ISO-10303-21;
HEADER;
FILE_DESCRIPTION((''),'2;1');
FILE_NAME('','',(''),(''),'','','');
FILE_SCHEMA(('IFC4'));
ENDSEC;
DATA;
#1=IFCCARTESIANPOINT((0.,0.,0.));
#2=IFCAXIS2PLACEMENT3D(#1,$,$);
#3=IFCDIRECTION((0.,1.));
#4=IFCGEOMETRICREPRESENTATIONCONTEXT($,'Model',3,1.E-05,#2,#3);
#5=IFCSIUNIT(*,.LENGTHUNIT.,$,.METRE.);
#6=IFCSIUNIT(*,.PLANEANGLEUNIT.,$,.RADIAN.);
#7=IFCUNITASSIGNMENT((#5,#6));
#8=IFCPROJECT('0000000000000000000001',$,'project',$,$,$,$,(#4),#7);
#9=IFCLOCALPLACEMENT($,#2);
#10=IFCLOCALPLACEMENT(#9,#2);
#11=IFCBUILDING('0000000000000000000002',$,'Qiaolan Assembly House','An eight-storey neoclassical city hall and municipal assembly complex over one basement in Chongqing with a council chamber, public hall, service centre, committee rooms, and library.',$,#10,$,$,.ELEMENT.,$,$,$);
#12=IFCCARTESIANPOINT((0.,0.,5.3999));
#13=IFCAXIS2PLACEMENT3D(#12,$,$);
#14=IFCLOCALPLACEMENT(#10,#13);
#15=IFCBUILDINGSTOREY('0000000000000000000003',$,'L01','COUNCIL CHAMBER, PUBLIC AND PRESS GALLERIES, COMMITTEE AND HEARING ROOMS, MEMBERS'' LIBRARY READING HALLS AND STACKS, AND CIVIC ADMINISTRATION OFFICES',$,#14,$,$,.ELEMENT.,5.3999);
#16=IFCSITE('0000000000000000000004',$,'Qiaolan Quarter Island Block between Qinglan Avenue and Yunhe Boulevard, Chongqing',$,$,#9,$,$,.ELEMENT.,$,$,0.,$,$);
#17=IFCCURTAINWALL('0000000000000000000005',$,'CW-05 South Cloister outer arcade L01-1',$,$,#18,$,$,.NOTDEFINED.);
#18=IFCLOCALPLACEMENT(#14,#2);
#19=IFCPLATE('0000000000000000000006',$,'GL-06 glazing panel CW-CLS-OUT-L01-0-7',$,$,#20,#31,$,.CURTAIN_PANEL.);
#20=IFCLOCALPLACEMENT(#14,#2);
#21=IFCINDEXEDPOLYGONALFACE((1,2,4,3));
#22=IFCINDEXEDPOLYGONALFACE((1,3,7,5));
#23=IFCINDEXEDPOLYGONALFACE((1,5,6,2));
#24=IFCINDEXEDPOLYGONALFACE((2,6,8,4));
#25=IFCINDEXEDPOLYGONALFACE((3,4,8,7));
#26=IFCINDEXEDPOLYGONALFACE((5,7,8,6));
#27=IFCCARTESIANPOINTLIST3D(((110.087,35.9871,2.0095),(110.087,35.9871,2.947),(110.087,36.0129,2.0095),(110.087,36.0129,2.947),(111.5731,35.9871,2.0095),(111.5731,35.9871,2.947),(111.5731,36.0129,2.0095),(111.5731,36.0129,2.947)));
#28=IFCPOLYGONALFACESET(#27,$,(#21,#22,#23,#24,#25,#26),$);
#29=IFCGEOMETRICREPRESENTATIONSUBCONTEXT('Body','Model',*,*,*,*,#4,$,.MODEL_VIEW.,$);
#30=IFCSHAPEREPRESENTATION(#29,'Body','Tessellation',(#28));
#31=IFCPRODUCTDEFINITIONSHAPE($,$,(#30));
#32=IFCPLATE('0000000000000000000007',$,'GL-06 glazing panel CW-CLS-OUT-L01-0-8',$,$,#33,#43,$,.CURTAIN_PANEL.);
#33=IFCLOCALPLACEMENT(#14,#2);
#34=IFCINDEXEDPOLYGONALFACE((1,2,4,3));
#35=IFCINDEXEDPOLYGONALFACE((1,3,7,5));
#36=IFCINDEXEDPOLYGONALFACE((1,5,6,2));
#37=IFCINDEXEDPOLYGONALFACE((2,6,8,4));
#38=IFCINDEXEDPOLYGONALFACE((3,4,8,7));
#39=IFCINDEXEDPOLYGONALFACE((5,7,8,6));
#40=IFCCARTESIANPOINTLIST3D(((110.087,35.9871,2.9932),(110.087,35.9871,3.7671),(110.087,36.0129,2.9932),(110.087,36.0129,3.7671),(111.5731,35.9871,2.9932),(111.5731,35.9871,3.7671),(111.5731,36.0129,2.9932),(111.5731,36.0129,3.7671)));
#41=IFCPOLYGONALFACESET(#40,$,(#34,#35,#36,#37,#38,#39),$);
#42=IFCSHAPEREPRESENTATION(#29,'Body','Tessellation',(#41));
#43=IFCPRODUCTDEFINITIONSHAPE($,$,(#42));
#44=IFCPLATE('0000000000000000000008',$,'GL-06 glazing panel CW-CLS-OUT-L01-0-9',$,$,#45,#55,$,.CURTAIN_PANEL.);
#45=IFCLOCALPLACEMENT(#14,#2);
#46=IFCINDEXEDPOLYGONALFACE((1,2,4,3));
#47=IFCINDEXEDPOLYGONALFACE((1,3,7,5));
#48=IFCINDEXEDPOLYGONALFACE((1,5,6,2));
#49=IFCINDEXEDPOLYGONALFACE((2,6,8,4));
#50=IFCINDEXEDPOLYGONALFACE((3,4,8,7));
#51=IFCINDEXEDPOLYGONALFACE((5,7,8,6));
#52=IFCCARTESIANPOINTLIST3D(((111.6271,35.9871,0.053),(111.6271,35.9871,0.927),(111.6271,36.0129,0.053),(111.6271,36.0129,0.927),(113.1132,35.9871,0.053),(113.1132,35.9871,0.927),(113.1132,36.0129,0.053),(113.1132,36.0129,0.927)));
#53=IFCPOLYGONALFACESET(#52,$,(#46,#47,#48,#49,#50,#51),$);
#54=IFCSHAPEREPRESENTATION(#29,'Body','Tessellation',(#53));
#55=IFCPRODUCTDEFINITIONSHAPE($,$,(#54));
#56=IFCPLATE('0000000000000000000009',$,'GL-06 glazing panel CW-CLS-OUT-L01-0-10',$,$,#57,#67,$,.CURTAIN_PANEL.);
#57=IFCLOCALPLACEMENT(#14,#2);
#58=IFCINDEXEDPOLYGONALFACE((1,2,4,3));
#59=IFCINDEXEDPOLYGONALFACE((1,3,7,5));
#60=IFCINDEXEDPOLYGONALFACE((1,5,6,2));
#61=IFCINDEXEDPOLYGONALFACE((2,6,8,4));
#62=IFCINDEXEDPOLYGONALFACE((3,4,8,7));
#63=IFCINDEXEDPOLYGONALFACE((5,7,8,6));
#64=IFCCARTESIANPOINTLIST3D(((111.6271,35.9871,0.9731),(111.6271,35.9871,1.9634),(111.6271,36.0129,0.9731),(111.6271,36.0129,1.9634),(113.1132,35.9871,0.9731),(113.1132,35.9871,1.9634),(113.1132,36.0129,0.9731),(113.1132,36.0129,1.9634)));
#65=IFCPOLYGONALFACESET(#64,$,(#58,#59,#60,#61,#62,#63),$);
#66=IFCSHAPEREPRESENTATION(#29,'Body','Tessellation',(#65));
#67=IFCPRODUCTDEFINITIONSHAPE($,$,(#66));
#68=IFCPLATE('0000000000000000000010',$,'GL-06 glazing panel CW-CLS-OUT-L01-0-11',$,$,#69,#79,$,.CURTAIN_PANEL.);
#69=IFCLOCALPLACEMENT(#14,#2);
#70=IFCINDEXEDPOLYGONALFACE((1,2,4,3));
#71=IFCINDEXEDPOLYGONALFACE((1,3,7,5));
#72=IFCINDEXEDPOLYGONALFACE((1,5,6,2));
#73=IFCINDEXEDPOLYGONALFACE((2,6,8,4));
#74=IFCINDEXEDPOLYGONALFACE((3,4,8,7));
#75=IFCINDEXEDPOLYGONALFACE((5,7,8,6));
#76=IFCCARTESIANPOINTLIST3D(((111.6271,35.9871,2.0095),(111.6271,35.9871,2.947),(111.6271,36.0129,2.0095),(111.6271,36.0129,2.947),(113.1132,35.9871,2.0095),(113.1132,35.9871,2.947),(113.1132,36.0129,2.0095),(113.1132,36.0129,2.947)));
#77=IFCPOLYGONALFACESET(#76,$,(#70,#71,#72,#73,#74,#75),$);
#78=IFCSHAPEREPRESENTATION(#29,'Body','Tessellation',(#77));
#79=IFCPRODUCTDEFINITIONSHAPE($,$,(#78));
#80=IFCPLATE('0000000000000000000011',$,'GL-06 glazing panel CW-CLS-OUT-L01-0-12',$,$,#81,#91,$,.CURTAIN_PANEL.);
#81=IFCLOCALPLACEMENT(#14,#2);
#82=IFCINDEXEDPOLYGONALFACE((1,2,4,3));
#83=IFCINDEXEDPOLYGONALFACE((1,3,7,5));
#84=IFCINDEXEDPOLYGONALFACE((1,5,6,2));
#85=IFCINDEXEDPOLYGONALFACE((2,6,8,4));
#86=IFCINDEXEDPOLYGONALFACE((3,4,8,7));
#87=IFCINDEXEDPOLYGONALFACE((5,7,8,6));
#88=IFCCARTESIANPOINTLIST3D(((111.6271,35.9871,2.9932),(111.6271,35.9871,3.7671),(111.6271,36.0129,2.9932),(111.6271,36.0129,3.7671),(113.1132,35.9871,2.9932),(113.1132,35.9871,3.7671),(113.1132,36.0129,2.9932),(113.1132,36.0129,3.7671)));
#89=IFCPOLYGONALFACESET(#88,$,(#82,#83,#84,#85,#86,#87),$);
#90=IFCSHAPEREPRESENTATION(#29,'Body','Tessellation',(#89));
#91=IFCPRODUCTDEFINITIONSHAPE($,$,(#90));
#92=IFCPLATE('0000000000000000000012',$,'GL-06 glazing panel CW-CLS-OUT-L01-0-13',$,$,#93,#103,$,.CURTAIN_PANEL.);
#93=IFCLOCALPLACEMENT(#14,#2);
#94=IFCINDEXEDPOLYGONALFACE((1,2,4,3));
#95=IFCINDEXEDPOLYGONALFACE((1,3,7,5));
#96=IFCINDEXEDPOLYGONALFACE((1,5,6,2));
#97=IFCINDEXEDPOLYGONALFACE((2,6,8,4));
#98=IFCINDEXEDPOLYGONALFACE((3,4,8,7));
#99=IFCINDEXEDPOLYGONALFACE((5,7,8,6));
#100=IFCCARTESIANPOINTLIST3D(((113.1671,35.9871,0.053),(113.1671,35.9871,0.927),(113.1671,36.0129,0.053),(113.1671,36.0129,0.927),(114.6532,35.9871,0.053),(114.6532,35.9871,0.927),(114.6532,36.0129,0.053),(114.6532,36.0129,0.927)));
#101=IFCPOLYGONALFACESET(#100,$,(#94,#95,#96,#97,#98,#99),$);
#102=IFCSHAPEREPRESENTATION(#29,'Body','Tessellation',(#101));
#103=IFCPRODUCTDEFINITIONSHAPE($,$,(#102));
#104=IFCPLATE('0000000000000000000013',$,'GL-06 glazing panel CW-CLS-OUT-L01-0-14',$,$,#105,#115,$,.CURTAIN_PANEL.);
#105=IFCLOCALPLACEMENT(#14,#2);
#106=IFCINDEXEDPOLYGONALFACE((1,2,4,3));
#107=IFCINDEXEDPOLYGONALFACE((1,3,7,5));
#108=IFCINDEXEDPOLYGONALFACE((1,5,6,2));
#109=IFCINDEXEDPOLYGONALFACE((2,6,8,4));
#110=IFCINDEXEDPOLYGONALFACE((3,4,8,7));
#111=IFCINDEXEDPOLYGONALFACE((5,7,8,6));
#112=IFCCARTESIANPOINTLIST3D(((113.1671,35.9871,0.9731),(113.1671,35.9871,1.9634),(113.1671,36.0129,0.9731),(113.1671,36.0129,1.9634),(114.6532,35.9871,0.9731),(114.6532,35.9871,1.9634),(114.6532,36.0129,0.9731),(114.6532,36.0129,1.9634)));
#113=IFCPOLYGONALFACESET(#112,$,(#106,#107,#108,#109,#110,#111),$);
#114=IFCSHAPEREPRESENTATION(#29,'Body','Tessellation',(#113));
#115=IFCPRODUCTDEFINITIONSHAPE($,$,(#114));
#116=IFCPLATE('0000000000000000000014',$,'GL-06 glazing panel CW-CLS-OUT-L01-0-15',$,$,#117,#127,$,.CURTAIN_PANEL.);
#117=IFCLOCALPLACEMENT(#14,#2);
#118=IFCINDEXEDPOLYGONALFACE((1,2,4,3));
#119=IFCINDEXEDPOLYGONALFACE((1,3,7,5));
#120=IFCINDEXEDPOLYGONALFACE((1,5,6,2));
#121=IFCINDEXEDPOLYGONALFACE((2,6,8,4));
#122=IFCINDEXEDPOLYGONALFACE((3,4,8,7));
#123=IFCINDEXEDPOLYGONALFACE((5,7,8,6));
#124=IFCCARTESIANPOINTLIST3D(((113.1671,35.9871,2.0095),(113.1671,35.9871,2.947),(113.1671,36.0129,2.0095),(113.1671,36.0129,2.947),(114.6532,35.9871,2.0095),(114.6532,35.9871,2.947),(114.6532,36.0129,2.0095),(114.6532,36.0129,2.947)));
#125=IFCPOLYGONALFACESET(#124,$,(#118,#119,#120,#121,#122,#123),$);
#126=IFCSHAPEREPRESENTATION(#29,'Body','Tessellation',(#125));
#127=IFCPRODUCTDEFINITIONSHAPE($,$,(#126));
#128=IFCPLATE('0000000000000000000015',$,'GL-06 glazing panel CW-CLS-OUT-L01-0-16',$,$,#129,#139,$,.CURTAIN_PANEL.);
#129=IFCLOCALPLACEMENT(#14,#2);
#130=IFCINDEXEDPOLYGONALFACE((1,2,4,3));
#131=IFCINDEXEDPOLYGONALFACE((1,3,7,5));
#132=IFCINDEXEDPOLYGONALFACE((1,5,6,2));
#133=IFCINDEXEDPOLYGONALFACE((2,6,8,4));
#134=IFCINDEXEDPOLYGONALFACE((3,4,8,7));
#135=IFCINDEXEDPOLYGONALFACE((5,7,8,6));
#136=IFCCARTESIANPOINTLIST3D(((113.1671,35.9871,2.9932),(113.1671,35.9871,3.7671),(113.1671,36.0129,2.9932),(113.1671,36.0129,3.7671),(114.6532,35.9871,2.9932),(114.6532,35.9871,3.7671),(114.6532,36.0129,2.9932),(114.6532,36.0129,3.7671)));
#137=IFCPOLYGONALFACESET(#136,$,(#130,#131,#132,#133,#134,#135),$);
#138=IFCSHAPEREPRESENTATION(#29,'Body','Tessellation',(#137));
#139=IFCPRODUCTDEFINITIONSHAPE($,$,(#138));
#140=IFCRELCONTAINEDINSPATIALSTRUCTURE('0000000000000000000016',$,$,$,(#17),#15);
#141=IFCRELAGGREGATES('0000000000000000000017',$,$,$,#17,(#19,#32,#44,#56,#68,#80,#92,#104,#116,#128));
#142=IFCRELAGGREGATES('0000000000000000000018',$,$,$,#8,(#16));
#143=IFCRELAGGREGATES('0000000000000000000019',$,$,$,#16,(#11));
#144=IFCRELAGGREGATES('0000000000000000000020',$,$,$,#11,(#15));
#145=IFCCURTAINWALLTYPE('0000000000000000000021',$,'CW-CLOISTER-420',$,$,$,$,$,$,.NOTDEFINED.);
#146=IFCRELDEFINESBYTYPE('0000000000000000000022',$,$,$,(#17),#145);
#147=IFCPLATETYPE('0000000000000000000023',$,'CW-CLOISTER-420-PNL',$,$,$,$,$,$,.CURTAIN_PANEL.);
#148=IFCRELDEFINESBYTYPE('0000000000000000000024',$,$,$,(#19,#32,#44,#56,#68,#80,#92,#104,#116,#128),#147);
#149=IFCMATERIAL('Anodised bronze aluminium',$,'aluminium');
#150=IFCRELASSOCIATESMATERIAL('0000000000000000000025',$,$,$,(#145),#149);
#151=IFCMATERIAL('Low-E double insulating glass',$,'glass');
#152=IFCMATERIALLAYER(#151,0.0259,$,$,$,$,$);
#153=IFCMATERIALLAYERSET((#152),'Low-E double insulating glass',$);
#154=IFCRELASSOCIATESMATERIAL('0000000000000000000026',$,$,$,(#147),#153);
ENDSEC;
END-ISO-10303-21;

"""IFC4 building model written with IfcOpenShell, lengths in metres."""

from ifc_helpers import new_model, si_unit, direction, frame, frame_2d, origin, place, context, subcontext, project, spatial, rectangle, extrude, material, layer, layer_set, type_object, element, aggregate, save


model = new_model("IFC4")

# Units and contexts
model_context = context("Model", 3, precision=1e-05, world=origin(), true_north=direction((0.0, 1.0)))
body_context = subcontext(model_context, "Body", "Model", "MODEL_VIEW")
ifc_project = project(units=[si_unit("LENGTHUNIT", "METRE"), si_unit("PLANEANGLEUNIT", "RADIAN")], contexts=[model_context])

# Site, building, storey
site_placement = place(None, origin())
site = spatial("IfcSite", under=ifc_project, at=site_placement, Name="Qiaolan Quarter Island Block between Qinglan Avenue and Yunhe Boulevard, Chongqing", CompositionType="ELEMENT", RefElevation=0.0)
building_placement = place(site_placement, origin())
building = spatial("IfcBuilding", under=site, at=building_placement, Name="Qiaolan Assembly House", Description="An eight-storey neoclassical city hall and municipal assembly complex over one basement in Chongqing with a council chamber, public hall, service centre, committee rooms, and library.", CompositionType="ELEMENT")
storey_placement = place(building_placement, frame((0.0, 0.0, 5.3999)))
storey = spatial("IfcBuildingStorey", under=building, at=storey_placement, Name="L01", Description="COUNCIL CHAMBER, PUBLIC AND PRESS GALLERIES, COMMITTEE AND HEARING ROOMS, MEMBERS' LIBRARY READING HALLS AND STACKS, AND CIVIC ADMINISTRATION OFFICES", CompositionType="ELEMENT", Elevation=5.3999)

# Curtain wall
ifc_material_1 = material(Name="Anodised bronze aluminium", Category="aluminium")
curtain_wall_type = type_object("IfcCurtainWallType", Name="CW-CLOISTER-420", PredefinedType="NOTDEFINED", material=ifc_material_1)
curtain_wall_placement = place(storey_placement, origin())
curtain_wall = element("IfcCurtainWall", 1, at=curtain_wall_placement, inside=storey, type_object=curtain_wall_type, Name="CW-05 South Cloister outer arcade L01-1", PredefinedType="NOTDEFINED")

# Plates
ifc_material_2 = material(Name="Low-E double insulating glass", Category="glass")
ifc_layer = layer(ifc_material_2, 0.0259)
ifc_layer_set = layer_set([ifc_layer], Name="Low-E double insulating glass")
plate_type = type_object("IfcPlateType", Name="CW-CLOISTER-420-PNL", PredefinedType="CURTAIN_PANEL", material=ifc_layer_set)
plate_1_placement = place(storey_placement, frame((110.0869, 36.0, 2.0095), z_axis=(0.0, 0.0, 1.0), x_axis=(1.0, 0.0, 0.0)))
plate_1 = element("IfcPlate", 2, at=plate_1_placement, type_object=plate_type, Name="GL-06 glazing panel CW-CLS-OUT-L01-0-7", PredefinedType="CURTAIN_PANEL", context=body_context, shape_type="SweptSolid", body=[
    extrude(rectangle(XDim=1.4861, YDim=0.0259, at=frame_2d((0.7432, 0.0))), origin(), (0.0, 0.0, 1.0), 0.9375),
])
plate_2_placement = place(storey_placement, frame((110.0869, 36.0, 2.9932), z_axis=(0.0, 0.0, 1.0), x_axis=(1.0, 0.0, 0.0)))
plate_2 = element("IfcPlate", 3, at=plate_2_placement, type_object=plate_type, Name="GL-06 glazing panel CW-CLS-OUT-L01-0-8", PredefinedType="CURTAIN_PANEL", context=body_context, shape_type="SweptSolid", body=[
    extrude(rectangle(XDim=1.4861, YDim=0.0259, at=frame_2d((0.7432, 0.0))), origin(), (0.0, 0.0, 1.0), 0.7739),
])
plate_3_placement = place(storey_placement, frame((111.627, 36.0, 0.053), z_axis=(0.0, 0.0, 1.0), x_axis=(1.0, 0.0, 0.0)))
plate_3 = element("IfcPlate", 4, at=plate_3_placement, type_object=plate_type, Name="GL-06 glazing panel CW-CLS-OUT-L01-0-9", PredefinedType="CURTAIN_PANEL", context=body_context, shape_type="SweptSolid", body=[
    extrude(rectangle(XDim=1.4861, YDim=0.0259, at=frame_2d((0.7432, 0.0))), origin(), (0.0, 0.0, 1.0), 0.874),
])
plate_4_placement = place(storey_placement, frame((111.627, 36.0, 0.9731), z_axis=(0.0, 0.0, 1.0), x_axis=(1.0, 0.0, 0.0)))
plate_4 = element("IfcPlate", 5, at=plate_4_placement, type_object=plate_type, Name="GL-06 glazing panel CW-CLS-OUT-L01-0-10", PredefinedType="CURTAIN_PANEL", context=body_context, shape_type="SweptSolid", body=[
    extrude(rectangle(XDim=1.4861, YDim=0.0259, at=frame_2d((0.7432, 0.0))), origin(), (0.0, 0.0, 1.0), 0.9902),
])
plate_5_placement = place(storey_placement, frame((111.627, 36.0, 2.0095), z_axis=(0.0, 0.0, 1.0), x_axis=(1.0, 0.0, 0.0)))
plate_5 = element("IfcPlate", 6, at=plate_5_placement, type_object=plate_type, Name="GL-06 glazing panel CW-CLS-OUT-L01-0-11", PredefinedType="CURTAIN_PANEL", context=body_context, shape_type="SweptSolid", body=[
    extrude(rectangle(XDim=1.4861, YDim=0.0259, at=frame_2d((0.7432, 0.0))), origin(), (0.0, 0.0, 1.0), 0.9375),
])
plate_6_placement = place(storey_placement, frame((111.627, 36.0, 2.9932), z_axis=(0.0, 0.0, 1.0), x_axis=(1.0, 0.0, 0.0)))
plate_6 = element("IfcPlate", 7, at=plate_6_placement, type_object=plate_type, Name="GL-06 glazing panel CW-CLS-OUT-L01-0-12", PredefinedType="CURTAIN_PANEL", context=body_context, shape_type="SweptSolid", body=[
    extrude(rectangle(XDim=1.4861, YDim=0.0259, at=frame_2d((0.7432, 0.0))), origin(), (0.0, 0.0, 1.0), 0.7739),
])
plate_7_placement = place(storey_placement, frame((113.167, 36.0, 0.053), z_axis=(0.0, 0.0, 1.0), x_axis=(1.0, 0.0, 0.0)))
plate_7 = element("IfcPlate", 8, at=plate_7_placement, type_object=plate_type, Name="GL-06 glazing panel CW-CLS-OUT-L01-0-13", PredefinedType="CURTAIN_PANEL", context=body_context, shape_type="SweptSolid", body=[
    extrude(rectangle(XDim=1.4861, YDim=0.0259, at=frame_2d((0.7432, 0.0))), origin(), (0.0, 0.0, 1.0), 0.874),
])
plate_8_placement = place(storey_placement, frame((113.167, 36.0, 0.9731), z_axis=(0.0, 0.0, 1.0), x_axis=(1.0, 0.0, 0.0)))
plate_8 = element("IfcPlate", 9, at=plate_8_placement, type_object=plate_type, Name="GL-06 glazing panel CW-CLS-OUT-L01-0-14", PredefinedType="CURTAIN_PANEL", context=body_context, shape_type="SweptSolid", body=[
    extrude(rectangle(XDim=1.4861, YDim=0.0259, at=frame_2d((0.7432, 0.0))), origin(), (0.0, 0.0, 1.0), 0.9902),
])
plate_9_placement = place(storey_placement, frame((113.167, 36.0, 2.0095), z_axis=(0.0, 0.0, 1.0), x_axis=(1.0, 0.0, 0.0)))
plate_9 = element("IfcPlate", 10, at=plate_9_placement, type_object=plate_type, Name="GL-06 glazing panel CW-CLS-OUT-L01-0-15", PredefinedType="CURTAIN_PANEL", context=body_context, shape_type="SweptSolid", body=[
    extrude(rectangle(XDim=1.4861, YDim=0.0259, at=frame_2d((0.7432, 0.0))), origin(), (0.0, 0.0, 1.0), 0.9375),
])
plate_10_placement = place(storey_placement, frame((113.167, 36.0, 2.9932), z_axis=(0.0, 0.0, 1.0), x_axis=(1.0, 0.0, 0.0)))
plate_10 = element("IfcPlate", 11, at=plate_10_placement, type_object=plate_type, Name="GL-06 glazing panel CW-CLS-OUT-L01-0-16", PredefinedType="CURTAIN_PANEL", context=body_context, shape_type="SweptSolid", body=[
    extrude(rectangle(XDim=1.4861, YDim=0.0259, at=frame_2d((0.7432, 0.0))), origin(), (0.0, 0.0, 1.0), 0.7739),
])
aggregate(curtain_wall, [plate_1, plate_2, plate_3, plate_4, plate_5, plate_6, plate_7, plate_8, plate_9, plate_10])

save(model, "model.ifc")
